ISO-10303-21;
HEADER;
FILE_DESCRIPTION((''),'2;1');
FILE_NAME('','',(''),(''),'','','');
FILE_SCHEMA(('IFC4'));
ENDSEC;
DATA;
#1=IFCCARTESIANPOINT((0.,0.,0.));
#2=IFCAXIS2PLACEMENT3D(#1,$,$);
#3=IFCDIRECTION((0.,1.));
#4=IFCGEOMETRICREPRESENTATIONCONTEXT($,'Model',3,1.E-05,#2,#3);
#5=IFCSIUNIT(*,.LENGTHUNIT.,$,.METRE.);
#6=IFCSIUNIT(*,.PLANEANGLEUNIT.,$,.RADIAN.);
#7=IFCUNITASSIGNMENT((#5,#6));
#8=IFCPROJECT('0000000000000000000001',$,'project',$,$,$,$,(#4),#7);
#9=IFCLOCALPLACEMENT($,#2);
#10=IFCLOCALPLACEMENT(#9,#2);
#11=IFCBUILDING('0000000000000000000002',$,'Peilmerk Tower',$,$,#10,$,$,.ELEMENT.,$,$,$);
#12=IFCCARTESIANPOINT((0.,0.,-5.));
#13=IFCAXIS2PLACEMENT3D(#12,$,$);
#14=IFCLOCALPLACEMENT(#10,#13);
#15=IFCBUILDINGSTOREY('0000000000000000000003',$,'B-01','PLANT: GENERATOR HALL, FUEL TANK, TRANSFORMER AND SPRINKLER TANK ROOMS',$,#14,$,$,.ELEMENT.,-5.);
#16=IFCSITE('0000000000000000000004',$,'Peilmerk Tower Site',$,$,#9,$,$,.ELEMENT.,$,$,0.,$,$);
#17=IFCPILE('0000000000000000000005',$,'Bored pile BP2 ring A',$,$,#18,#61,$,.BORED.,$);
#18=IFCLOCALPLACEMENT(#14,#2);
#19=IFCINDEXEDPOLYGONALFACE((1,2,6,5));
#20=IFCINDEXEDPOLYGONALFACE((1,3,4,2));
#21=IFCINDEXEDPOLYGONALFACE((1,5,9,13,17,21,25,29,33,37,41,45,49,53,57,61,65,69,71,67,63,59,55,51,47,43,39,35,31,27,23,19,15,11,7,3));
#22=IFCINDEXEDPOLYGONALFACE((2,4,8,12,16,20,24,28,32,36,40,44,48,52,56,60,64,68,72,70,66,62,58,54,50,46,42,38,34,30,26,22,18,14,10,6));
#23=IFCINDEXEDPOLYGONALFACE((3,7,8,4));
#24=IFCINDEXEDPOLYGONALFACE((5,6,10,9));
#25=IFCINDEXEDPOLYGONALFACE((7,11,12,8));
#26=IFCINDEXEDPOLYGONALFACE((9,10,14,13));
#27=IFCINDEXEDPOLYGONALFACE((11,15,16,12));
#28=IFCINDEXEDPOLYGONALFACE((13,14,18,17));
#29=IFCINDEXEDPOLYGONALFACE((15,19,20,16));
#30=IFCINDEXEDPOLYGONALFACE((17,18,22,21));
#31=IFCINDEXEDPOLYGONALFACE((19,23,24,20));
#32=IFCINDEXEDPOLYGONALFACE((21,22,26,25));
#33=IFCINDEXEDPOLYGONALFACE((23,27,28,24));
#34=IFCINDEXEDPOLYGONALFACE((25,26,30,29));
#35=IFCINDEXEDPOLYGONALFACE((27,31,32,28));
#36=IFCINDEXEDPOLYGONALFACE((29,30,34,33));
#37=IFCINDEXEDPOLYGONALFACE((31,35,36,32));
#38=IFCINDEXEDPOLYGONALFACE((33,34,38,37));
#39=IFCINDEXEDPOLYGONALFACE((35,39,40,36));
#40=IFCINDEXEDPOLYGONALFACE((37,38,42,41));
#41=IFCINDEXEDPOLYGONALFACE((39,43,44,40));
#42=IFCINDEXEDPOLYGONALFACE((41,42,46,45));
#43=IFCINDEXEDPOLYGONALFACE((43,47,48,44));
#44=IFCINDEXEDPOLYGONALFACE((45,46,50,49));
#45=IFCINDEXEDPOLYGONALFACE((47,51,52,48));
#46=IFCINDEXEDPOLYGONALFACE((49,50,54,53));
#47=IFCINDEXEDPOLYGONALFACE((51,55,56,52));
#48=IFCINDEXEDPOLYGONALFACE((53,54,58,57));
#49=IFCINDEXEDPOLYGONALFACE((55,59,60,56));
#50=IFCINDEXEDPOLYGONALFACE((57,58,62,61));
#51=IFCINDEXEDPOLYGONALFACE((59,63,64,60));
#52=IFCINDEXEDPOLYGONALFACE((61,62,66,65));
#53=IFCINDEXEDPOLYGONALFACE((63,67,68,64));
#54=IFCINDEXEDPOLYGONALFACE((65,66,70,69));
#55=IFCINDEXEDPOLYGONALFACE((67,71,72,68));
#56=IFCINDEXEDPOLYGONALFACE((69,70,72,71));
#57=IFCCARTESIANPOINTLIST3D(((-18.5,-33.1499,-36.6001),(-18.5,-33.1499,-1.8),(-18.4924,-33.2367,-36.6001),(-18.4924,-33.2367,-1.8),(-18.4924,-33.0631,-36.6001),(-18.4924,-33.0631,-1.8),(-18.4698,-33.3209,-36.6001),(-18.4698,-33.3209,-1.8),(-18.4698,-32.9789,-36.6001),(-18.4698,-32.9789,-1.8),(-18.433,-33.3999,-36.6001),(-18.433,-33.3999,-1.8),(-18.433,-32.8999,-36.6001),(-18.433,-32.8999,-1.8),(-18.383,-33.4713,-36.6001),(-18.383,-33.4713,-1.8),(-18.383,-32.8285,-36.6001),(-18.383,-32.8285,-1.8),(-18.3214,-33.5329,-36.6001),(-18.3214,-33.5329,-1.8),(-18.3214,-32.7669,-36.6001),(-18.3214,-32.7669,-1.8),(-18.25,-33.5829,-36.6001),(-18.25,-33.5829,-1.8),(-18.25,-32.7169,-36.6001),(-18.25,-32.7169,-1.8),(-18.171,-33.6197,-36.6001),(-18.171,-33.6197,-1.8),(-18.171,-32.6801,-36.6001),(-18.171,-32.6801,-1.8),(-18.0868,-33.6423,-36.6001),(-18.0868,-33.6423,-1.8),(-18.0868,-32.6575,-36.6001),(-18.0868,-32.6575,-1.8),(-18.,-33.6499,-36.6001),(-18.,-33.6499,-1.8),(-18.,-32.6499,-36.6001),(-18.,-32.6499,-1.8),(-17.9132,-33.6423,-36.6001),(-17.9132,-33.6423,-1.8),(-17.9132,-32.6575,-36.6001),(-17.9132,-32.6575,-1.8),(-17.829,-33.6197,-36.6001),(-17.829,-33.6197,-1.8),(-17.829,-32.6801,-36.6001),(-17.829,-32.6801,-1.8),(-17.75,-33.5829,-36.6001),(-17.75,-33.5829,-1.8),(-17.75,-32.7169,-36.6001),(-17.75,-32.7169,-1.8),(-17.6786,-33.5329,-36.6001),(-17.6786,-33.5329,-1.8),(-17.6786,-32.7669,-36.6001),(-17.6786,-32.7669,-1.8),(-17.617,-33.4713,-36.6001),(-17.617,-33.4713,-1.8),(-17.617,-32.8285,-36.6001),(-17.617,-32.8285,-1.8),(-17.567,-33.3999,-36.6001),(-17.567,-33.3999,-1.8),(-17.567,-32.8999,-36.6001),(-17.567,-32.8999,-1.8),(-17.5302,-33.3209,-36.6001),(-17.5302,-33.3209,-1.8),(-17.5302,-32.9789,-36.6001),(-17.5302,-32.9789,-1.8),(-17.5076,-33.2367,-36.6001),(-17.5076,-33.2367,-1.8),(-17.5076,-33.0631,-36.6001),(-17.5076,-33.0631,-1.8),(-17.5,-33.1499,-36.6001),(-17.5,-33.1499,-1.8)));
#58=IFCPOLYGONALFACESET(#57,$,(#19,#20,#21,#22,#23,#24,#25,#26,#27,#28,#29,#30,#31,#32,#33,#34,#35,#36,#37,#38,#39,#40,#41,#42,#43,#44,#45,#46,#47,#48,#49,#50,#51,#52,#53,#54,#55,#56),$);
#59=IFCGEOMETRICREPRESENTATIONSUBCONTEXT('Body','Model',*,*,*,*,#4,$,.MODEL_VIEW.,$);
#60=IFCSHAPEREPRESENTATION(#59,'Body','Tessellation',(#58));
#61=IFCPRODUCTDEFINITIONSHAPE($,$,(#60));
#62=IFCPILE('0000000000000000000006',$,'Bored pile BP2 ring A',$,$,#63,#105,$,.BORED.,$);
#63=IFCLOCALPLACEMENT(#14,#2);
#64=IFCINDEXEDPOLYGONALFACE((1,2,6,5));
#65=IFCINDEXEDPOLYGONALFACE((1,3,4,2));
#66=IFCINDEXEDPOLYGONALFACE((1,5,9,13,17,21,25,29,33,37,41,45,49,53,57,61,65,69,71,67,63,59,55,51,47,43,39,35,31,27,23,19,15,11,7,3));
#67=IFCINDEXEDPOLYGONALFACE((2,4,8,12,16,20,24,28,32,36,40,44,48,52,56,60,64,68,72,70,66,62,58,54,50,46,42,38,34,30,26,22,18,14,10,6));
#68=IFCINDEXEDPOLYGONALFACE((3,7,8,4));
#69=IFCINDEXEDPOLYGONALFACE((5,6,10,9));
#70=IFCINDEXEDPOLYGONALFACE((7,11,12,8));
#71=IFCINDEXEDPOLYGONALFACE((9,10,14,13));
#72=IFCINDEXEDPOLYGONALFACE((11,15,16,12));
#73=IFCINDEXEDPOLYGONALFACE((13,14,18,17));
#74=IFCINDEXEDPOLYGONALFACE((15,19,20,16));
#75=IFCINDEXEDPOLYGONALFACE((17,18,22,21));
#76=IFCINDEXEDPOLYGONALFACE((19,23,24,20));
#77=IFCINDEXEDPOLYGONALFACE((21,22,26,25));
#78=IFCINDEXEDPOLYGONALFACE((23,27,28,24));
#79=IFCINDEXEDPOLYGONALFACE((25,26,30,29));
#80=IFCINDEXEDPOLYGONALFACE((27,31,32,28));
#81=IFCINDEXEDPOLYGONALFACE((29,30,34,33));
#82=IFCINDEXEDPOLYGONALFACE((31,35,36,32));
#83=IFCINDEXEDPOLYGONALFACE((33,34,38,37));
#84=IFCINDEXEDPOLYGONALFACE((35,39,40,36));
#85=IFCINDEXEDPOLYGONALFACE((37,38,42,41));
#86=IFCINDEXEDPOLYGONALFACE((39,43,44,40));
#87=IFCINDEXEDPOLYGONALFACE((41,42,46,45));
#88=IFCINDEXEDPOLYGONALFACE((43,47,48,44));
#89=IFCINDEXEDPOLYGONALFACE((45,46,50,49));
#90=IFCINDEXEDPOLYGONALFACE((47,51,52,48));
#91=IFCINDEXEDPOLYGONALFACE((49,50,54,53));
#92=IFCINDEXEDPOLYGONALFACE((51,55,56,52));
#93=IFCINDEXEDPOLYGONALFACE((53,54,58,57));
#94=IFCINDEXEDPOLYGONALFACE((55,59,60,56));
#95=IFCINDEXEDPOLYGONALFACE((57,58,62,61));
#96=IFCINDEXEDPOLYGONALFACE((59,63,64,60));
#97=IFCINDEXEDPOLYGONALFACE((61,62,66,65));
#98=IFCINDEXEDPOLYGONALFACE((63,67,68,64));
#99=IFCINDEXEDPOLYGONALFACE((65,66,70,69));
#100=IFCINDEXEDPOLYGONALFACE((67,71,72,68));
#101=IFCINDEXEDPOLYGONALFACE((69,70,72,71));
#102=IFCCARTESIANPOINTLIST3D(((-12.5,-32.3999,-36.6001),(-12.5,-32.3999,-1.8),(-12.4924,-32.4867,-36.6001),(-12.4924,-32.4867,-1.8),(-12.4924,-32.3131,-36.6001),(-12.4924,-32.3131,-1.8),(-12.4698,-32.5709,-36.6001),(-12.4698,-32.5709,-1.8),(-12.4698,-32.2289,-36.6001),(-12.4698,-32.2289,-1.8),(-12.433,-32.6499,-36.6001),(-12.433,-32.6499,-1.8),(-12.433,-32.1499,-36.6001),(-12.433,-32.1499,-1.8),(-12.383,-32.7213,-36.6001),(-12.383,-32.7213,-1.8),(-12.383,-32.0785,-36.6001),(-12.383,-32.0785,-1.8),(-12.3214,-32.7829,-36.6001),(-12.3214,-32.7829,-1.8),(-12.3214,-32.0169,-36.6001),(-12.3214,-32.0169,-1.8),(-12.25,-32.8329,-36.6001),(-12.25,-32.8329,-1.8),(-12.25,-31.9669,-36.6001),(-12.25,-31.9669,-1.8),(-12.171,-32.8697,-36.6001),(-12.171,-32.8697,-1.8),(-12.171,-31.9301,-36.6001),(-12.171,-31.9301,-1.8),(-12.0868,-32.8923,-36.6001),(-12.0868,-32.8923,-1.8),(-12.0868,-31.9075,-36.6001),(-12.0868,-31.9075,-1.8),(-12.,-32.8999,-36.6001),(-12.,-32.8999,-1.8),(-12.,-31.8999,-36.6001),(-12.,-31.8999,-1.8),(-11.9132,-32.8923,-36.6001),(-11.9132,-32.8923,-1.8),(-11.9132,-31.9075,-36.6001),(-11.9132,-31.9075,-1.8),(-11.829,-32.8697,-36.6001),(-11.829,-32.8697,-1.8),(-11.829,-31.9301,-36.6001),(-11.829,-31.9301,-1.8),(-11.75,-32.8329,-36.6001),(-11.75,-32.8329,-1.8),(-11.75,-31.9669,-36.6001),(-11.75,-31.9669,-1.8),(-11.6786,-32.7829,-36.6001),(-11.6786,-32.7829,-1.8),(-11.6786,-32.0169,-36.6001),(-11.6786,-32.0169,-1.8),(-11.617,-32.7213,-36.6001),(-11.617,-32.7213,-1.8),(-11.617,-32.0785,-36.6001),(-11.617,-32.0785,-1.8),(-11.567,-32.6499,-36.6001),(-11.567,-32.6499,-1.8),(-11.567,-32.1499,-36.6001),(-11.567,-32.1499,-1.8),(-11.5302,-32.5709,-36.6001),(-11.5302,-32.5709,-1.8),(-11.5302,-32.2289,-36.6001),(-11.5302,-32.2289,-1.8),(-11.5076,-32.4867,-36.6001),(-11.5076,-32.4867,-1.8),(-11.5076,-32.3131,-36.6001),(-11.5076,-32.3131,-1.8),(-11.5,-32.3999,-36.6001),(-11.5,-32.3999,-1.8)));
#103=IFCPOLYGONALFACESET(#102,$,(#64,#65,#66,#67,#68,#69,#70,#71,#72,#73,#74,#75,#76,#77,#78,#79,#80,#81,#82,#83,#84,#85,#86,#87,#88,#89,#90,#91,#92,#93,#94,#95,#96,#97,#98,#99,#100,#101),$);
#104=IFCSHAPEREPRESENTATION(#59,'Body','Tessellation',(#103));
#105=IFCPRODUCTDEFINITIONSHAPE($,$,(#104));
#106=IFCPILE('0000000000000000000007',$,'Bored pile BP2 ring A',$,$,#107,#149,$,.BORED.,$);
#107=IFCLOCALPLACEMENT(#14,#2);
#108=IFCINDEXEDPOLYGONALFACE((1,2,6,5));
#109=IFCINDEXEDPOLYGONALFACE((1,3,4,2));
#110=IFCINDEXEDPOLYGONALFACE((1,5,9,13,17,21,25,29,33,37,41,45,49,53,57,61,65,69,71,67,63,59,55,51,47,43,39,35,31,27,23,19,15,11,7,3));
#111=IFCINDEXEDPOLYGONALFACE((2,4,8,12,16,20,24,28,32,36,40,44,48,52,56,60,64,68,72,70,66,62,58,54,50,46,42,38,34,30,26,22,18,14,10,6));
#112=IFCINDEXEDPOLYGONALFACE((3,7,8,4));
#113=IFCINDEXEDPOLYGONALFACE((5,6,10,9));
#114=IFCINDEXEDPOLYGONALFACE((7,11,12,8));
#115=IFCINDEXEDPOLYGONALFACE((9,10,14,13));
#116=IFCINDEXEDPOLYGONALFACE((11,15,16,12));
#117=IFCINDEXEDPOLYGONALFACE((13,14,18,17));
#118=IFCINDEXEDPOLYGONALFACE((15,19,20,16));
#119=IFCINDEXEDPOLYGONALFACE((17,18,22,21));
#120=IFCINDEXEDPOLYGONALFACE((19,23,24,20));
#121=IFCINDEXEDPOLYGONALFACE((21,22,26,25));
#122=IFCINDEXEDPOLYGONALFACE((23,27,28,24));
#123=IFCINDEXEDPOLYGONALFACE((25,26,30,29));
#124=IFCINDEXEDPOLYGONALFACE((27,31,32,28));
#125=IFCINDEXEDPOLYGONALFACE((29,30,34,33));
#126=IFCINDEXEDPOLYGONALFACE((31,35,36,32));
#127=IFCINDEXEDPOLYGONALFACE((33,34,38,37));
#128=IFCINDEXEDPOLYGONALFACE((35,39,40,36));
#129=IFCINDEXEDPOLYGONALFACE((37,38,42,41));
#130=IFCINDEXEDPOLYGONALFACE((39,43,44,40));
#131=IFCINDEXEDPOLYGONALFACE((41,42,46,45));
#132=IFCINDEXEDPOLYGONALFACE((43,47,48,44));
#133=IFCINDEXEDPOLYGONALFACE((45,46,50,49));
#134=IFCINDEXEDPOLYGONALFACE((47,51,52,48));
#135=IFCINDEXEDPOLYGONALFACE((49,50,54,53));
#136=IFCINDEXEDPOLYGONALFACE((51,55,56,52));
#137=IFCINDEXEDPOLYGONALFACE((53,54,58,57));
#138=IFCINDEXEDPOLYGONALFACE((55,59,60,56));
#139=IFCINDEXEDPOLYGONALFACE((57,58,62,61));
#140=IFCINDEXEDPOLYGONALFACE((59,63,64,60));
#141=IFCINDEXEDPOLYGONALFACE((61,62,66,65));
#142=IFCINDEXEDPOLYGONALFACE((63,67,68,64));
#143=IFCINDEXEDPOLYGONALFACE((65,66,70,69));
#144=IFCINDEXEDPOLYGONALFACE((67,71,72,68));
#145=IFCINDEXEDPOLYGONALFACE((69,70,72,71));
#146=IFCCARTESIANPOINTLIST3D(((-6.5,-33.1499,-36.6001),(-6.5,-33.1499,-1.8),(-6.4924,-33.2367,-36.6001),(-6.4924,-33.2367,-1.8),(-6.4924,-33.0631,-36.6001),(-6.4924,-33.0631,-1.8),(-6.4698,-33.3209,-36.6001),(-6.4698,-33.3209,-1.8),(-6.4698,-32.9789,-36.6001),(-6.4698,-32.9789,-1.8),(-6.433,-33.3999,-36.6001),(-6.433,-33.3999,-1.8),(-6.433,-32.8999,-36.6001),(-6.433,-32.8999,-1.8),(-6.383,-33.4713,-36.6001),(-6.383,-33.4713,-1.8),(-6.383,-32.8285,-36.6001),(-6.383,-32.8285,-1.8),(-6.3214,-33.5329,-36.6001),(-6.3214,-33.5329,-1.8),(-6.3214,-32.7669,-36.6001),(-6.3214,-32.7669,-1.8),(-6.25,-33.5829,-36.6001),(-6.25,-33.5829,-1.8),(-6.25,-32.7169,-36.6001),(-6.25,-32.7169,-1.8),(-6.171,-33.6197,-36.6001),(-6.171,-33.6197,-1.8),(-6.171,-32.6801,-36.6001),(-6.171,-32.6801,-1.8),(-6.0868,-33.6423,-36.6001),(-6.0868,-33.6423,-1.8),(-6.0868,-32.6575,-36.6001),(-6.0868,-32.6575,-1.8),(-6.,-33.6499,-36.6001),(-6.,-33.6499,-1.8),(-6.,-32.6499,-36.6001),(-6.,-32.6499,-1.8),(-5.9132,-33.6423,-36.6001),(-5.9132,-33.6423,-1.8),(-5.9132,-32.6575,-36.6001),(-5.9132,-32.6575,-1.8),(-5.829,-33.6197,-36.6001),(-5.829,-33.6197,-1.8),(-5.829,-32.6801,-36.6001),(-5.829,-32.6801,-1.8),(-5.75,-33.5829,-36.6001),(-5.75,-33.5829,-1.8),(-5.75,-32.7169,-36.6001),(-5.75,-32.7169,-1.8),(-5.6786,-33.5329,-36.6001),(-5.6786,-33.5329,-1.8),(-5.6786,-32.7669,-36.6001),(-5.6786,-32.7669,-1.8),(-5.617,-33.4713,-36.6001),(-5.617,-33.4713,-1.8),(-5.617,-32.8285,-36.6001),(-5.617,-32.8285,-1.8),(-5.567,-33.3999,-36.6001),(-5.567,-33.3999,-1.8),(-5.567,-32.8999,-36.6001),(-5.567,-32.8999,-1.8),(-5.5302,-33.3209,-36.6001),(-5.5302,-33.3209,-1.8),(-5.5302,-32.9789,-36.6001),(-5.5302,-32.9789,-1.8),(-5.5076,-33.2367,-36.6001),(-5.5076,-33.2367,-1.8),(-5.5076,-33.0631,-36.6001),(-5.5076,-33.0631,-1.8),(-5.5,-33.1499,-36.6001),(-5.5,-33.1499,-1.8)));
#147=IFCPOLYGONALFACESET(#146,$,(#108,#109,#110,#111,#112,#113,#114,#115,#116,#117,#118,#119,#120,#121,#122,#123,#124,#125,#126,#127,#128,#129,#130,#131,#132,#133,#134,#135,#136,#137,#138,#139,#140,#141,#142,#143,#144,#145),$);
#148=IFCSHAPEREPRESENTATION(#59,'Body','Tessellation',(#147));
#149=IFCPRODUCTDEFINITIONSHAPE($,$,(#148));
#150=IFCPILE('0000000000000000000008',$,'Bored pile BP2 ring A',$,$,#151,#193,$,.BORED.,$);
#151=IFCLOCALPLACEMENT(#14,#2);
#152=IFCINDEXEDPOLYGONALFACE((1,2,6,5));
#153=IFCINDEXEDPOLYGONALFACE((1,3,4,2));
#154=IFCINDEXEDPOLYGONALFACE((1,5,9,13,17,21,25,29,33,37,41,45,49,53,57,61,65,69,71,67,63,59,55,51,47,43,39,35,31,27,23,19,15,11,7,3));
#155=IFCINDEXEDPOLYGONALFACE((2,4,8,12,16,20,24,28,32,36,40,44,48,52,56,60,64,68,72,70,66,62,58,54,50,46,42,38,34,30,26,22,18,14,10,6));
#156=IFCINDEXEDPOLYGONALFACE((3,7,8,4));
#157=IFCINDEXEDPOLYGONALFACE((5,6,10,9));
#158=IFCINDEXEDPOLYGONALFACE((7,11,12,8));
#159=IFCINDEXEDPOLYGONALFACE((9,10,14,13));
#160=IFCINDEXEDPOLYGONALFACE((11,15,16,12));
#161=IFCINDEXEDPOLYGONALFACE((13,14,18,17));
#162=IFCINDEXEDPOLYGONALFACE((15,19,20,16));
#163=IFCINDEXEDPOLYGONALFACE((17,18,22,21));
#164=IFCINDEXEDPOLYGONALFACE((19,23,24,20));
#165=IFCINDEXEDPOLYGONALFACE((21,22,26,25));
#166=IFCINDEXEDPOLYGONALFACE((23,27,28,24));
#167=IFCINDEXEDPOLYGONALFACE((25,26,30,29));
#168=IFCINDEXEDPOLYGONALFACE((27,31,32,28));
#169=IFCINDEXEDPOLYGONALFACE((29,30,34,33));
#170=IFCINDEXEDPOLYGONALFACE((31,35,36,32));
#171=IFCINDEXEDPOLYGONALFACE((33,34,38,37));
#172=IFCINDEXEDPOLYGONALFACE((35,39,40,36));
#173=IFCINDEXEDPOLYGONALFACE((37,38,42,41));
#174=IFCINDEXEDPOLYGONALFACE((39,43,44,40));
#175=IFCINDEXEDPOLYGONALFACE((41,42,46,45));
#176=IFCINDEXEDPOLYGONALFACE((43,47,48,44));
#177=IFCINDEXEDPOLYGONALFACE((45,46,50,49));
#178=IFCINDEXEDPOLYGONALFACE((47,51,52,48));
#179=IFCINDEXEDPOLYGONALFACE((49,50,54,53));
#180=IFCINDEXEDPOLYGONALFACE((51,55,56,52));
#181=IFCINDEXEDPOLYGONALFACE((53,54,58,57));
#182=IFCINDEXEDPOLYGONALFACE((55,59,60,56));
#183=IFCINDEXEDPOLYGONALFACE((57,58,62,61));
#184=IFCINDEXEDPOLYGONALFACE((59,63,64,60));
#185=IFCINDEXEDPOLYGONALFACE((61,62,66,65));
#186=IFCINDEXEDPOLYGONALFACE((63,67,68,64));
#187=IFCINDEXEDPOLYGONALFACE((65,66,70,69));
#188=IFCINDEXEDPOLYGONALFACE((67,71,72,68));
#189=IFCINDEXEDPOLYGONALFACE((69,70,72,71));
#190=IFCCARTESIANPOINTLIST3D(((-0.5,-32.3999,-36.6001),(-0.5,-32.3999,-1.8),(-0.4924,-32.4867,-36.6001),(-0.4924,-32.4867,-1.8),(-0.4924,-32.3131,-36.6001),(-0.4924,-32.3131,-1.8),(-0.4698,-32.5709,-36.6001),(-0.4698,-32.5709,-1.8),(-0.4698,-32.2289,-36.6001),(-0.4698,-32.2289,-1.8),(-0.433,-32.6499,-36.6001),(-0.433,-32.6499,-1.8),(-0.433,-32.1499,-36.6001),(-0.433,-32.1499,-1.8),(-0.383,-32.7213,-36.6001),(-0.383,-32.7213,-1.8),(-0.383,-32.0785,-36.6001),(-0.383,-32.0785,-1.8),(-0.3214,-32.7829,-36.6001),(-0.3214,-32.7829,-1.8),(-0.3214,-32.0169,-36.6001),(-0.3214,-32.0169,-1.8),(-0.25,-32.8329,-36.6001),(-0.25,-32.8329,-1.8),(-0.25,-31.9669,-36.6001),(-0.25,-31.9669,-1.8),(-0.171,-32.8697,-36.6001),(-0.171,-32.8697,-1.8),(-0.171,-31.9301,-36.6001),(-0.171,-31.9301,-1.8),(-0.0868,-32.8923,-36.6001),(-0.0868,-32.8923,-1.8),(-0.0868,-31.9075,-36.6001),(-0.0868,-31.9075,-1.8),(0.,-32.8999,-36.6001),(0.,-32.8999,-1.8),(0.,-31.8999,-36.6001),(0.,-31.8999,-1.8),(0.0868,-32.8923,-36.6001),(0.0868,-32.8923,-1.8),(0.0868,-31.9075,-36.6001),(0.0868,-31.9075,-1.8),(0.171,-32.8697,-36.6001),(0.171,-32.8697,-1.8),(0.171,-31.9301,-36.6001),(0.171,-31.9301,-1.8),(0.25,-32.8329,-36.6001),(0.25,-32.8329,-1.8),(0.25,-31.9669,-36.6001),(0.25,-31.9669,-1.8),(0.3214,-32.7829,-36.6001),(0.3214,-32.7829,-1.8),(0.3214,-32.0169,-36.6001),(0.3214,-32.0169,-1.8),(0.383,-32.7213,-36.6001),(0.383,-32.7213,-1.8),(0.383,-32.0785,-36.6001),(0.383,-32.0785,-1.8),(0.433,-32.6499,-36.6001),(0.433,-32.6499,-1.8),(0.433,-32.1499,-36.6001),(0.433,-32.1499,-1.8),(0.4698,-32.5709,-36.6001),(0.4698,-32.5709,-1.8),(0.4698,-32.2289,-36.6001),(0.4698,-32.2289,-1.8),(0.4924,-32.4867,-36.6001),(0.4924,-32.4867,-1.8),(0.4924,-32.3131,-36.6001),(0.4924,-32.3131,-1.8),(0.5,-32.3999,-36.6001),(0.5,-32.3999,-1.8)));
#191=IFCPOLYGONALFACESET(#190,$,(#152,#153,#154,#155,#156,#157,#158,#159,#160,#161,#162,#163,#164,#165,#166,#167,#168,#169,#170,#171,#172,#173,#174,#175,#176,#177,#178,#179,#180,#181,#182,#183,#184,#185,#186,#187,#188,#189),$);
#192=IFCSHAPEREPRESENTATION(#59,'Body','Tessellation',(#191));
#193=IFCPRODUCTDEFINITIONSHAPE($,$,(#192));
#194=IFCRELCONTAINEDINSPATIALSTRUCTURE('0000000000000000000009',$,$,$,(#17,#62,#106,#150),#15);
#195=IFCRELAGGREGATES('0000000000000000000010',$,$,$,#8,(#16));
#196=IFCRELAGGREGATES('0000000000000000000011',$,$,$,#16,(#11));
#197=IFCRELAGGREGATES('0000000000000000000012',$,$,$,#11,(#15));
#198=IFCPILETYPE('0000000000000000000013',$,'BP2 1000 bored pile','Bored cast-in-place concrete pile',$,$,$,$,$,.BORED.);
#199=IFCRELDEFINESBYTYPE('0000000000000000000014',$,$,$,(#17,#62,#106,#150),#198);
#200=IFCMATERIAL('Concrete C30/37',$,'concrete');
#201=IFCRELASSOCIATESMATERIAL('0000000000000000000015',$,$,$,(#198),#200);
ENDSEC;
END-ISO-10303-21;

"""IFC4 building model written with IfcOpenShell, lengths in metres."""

from ifc_helpers import new_model, si_unit, direction, frame, origin, origin_2d, place, context, subcontext, project, spatial, circle, extrude, material, material_profile, profile_set, type_object, element, save


model = new_model("IFC4")

# Units and contexts
model_context = context("Model", 3, precision=1e-05, world=origin(), true_north=direction((0.0, 1.0)))
body_context = subcontext(model_context, "Body", "Model", "MODEL_VIEW")
ifc_project = project(units=[si_unit("LENGTHUNIT", "METRE"), si_unit("PLANEANGLEUNIT", "RADIAN")], contexts=[model_context])

# Site, building, storey
site_placement = place(None, origin())
site = spatial("IfcSite", under=ifc_project, at=site_placement, Name="Peilmerk Tower Site", CompositionType="ELEMENT", RefElevation=0.0)
building_placement = place(site_placement, origin())
building = spatial("IfcBuilding", under=site, at=building_placement, Name="Peilmerk Tower", CompositionType="ELEMENT")
storey_placement = place(building_placement, frame((0.0, 0.0, -5.0)))
storey = spatial("IfcBuildingStorey", under=building, at=storey_placement, Name="B-01", Description="PLANT: GENERATOR HALL, FUEL TANK, TRANSFORMER AND SPRINKLER TANK ROOMS", CompositionType="ELEMENT", Elevation=-5.0)

# Piles
ifc_material_1 = material(Name="Concrete C30/37", Category="concrete")
ifc_material_profile_1 = material_profile(ifc_material_1, circle(Radius=0.5, at=origin_2d()), Name="BP 1000")
ifc_profile_set_1 = profile_set([ifc_material_profile_1], Name="Concrete C30/37")
pile_type = type_object("IfcPileType", Name="BP2 1000 bored pile", Description="Bored cast-in-place concrete pile", PredefinedType="BORED", material=ifc_profile_set_1)
for number, where, z_axis, x_axis, name in (
    (1, (-18.0, -33.1499, -1.8), (0.0, 0.0, -1.0), (1.0, 0.0, 0.0), "Bored pile BP2 ring A"),
    (2, (-12.0, -32.3999, -1.8), (0.0, 0.0, -1.0), (1.0, 0.0, 0.0), "Bored pile BP2 ring A"),
    (3, (-6.0, -33.1499, -1.8), (0.0, 0.0, -1.0), (1.0, 0.0, 0.0), "Bored pile BP2 ring A"),
    (4, (0.0, -32.3999, -1.8), (0.0, 0.0, -1.0), (1.0, 0.0, 0.0), "Bored pile BP2 ring A"),
):
    element("IfcPile", number, at=place(storey_placement, frame(where, z_axis=z_axis, x_axis=x_axis)), inside=storey, type_object=pile_type, Name=name, PredefinedType="BORED", context=body_context, shape_type="SweptSolid", body=[
        extrude(circle(Radius=0.5, at=origin_2d()), origin(), (0.0, 0.0, 1.0), 34.8),
    ])

save(model, "model.ifc")
